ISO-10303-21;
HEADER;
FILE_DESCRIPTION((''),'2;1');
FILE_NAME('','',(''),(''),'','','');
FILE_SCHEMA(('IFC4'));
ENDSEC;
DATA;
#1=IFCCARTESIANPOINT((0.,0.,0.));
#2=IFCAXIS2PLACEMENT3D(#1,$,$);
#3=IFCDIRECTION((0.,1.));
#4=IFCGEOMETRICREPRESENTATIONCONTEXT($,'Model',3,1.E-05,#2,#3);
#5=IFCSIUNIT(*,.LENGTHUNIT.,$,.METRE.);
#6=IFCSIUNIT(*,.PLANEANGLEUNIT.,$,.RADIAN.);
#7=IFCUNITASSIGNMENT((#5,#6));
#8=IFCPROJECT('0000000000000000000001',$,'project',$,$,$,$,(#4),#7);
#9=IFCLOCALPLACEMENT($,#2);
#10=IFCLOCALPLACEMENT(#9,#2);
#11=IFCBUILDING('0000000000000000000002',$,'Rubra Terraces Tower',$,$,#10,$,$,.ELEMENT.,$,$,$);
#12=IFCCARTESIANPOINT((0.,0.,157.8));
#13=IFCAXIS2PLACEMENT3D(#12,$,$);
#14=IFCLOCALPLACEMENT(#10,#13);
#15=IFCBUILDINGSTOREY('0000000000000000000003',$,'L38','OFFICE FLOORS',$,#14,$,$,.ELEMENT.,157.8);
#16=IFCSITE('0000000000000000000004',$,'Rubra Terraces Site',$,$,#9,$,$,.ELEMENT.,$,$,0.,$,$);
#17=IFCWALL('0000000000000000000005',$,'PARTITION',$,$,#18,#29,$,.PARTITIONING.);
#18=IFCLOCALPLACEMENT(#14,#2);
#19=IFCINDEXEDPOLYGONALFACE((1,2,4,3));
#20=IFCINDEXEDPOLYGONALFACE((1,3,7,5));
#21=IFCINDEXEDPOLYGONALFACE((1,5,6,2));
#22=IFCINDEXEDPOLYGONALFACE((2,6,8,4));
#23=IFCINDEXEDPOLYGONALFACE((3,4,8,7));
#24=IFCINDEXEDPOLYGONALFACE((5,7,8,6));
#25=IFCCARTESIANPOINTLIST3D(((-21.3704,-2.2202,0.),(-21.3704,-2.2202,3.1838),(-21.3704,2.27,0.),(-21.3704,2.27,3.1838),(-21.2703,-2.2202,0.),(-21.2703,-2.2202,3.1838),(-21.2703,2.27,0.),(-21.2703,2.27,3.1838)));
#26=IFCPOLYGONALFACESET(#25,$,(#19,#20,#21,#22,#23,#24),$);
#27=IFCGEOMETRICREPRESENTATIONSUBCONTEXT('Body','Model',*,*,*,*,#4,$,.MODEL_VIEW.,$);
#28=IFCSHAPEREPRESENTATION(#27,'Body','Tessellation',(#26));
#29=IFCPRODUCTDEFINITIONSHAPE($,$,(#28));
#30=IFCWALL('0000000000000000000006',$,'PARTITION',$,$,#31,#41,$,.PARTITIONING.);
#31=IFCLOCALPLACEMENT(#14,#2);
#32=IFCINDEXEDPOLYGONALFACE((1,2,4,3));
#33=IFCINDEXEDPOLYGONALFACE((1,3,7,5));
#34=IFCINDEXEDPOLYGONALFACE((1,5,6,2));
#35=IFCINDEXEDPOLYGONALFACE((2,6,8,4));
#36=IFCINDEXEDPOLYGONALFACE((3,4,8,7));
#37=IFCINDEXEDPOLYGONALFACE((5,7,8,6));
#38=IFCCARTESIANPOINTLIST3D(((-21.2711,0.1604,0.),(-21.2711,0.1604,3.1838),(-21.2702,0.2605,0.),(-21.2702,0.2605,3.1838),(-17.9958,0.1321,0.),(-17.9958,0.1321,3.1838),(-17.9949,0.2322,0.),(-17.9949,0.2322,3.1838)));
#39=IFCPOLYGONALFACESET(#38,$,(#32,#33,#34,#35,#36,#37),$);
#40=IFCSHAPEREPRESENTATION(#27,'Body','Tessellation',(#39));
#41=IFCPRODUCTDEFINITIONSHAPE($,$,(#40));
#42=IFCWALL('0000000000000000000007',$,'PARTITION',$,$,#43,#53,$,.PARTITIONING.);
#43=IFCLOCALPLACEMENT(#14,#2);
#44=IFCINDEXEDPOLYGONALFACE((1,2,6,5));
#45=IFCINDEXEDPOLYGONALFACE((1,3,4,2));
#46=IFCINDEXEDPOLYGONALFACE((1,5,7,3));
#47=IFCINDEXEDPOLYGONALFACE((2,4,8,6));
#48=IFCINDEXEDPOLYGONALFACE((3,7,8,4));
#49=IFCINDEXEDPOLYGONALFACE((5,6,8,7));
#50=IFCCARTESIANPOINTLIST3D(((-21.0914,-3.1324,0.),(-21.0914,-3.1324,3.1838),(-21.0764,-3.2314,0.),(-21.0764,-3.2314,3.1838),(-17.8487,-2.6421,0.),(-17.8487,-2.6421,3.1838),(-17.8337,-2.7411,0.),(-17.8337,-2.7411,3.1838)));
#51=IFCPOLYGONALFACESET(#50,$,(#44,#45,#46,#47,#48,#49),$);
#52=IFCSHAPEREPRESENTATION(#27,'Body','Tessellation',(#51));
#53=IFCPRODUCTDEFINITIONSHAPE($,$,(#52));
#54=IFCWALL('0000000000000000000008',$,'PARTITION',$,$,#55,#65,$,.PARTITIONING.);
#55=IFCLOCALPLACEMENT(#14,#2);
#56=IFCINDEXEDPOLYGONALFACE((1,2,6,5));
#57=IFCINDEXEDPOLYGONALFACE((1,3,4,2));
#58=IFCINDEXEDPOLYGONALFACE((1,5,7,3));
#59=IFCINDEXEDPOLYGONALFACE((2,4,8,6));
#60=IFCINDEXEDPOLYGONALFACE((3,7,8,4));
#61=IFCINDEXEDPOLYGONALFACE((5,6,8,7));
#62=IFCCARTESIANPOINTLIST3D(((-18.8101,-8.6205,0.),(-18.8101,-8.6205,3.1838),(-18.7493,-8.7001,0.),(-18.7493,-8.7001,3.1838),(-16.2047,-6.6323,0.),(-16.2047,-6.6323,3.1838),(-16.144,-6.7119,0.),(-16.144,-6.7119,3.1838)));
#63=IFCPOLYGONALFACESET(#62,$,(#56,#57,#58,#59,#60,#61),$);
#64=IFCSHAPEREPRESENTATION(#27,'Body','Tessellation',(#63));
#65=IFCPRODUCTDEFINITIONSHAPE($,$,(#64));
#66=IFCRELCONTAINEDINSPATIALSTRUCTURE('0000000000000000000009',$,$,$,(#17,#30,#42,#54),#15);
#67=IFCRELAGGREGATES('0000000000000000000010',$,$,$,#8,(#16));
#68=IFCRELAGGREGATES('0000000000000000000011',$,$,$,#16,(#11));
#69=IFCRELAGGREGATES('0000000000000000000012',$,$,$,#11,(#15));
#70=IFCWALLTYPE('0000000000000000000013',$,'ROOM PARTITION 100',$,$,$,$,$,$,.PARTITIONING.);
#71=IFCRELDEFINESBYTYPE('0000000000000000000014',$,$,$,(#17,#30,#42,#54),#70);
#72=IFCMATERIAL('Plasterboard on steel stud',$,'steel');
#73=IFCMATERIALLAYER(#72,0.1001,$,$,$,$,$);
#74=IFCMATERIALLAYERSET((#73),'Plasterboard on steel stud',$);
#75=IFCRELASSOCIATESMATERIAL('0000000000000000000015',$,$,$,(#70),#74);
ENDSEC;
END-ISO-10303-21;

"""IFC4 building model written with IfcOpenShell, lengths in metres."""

from ifc_helpers import new_model, si_unit, direction, frame, frame_2d, origin, place, context, subcontext, project, spatial, rectangle, extrude, material, layer, layer_set, type_object, element, save


model = new_model("IFC4")

# Units and contexts
model_context = context("Model", 3, precision=1e-05, world=origin(), true_north=direction((0.0, 1.0)))
body_context = subcontext(model_context, "Body", "Model", "MODEL_VIEW")
ifc_project = project(units=[si_unit("LENGTHUNIT", "METRE"), si_unit("PLANEANGLEUNIT", "RADIAN")], contexts=[model_context])

# Site, building, storey
site_placement = place(None, origin())
site = spatial("IfcSite", under=ifc_project, at=site_placement, Name="Rubra Terraces Site", CompositionType="ELEMENT", RefElevation=0.0)
building_placement = place(site_placement, origin())
building = spatial("IfcBuilding", under=site, at=building_placement, Name="Rubra Terraces Tower", CompositionType="ELEMENT")
storey_placement = place(building_placement, frame((0.0, 0.0, 157.8)))
storey = spatial("IfcBuildingStorey", under=building, at=storey_placement, Name="L38", Description="OFFICE FLOORS", CompositionType="ELEMENT", Elevation=157.8)

# Walls
ifc_material_1 = material(Name="Plasterboard on steel stud", Category="steel")
ifc_layer_1 = layer(ifc_material_1, 0.1001)
ifc_layer_set_1 = layer_set([ifc_layer_1], Name="Plasterboard on steel stud")
wall_type_1 = type_object("IfcWallType", Name="ROOM PARTITION 100", PredefinedType="PARTITIONING", material=ifc_layer_set_1)
wall_1_placement = place(storey_placement, frame((-21.3203, -2.2202, 0.0), z_axis=(0.0, 0.0, 1.0), x_axis=(0.0, 1.0, 0.0)))
element("IfcWall", 1, at=wall_1_placement, inside=storey, type_object=wall_type_1, Name="PARTITION", PredefinedType="PARTITIONING", context=body_context, shape_type="SweptSolid", body=[
    extrude(rectangle(XDim=4.4902, YDim=0.1001, at=frame_2d((2.2451, 0.0))), origin(), (0.0, 0.0, 1.0), 3.1838),
])
wall_2_placement = place(storey_placement, frame((-17.9954, 0.1821, 0.0), z_axis=(0.0, 0.0, 1.0), x_axis=(-0.999963, 0.008647, 0.0)))
element("IfcWall", 2, at=wall_2_placement, inside=storey, type_object=wall_type_1, Name="PARTITION", PredefinedType="PARTITIONING", context=body_context, shape_type="SweptSolid", body=[
    extrude(rectangle(XDim=3.2754, YDim=0.1001, at=frame_2d((1.6377, 0.0))), origin(), (0.0, 0.0, 1.0), 3.1838),
])
wall_3_placement = place(storey_placement, frame((-17.8413, -2.6917, 0.0), z_axis=(0.0, 0.0, 1.0), x_axis=(-0.988764, -0.149483, 0.0)))
element("IfcWall", 3, at=wall_3_placement, inside=storey, type_object=wall_type_1, Name="PARTITION", PredefinedType="PARTITIONING", context=body_context, shape_type="SweptSolid", body=[
    extrude(rectangle(XDim=3.2795, YDim=0.1001, at=frame_2d((1.6396, 0.0))), origin(), (0.0, 0.0, 1.0), 3.1838),
])
wall_4_placement = place(storey_placement, frame((-16.1743, -6.6721, 0.0), z_axis=(0.0, 0.0, 1.0), x_axis=(-0.794966, -0.606653, 0.0)))
element("IfcWall", 4, at=wall_4_placement, inside=storey, type_object=wall_type_1, Name="PARTITION", PredefinedType="PARTITIONING", context=body_context, shape_type="SweptSolid", body=[
    extrude(rectangle(XDim=3.2773, YDim=0.1001, at=frame_2d((1.6387, 0.0))), origin(), (0.0, 0.0, 1.0), 3.1838),
])

save(model, "model.ifc")
